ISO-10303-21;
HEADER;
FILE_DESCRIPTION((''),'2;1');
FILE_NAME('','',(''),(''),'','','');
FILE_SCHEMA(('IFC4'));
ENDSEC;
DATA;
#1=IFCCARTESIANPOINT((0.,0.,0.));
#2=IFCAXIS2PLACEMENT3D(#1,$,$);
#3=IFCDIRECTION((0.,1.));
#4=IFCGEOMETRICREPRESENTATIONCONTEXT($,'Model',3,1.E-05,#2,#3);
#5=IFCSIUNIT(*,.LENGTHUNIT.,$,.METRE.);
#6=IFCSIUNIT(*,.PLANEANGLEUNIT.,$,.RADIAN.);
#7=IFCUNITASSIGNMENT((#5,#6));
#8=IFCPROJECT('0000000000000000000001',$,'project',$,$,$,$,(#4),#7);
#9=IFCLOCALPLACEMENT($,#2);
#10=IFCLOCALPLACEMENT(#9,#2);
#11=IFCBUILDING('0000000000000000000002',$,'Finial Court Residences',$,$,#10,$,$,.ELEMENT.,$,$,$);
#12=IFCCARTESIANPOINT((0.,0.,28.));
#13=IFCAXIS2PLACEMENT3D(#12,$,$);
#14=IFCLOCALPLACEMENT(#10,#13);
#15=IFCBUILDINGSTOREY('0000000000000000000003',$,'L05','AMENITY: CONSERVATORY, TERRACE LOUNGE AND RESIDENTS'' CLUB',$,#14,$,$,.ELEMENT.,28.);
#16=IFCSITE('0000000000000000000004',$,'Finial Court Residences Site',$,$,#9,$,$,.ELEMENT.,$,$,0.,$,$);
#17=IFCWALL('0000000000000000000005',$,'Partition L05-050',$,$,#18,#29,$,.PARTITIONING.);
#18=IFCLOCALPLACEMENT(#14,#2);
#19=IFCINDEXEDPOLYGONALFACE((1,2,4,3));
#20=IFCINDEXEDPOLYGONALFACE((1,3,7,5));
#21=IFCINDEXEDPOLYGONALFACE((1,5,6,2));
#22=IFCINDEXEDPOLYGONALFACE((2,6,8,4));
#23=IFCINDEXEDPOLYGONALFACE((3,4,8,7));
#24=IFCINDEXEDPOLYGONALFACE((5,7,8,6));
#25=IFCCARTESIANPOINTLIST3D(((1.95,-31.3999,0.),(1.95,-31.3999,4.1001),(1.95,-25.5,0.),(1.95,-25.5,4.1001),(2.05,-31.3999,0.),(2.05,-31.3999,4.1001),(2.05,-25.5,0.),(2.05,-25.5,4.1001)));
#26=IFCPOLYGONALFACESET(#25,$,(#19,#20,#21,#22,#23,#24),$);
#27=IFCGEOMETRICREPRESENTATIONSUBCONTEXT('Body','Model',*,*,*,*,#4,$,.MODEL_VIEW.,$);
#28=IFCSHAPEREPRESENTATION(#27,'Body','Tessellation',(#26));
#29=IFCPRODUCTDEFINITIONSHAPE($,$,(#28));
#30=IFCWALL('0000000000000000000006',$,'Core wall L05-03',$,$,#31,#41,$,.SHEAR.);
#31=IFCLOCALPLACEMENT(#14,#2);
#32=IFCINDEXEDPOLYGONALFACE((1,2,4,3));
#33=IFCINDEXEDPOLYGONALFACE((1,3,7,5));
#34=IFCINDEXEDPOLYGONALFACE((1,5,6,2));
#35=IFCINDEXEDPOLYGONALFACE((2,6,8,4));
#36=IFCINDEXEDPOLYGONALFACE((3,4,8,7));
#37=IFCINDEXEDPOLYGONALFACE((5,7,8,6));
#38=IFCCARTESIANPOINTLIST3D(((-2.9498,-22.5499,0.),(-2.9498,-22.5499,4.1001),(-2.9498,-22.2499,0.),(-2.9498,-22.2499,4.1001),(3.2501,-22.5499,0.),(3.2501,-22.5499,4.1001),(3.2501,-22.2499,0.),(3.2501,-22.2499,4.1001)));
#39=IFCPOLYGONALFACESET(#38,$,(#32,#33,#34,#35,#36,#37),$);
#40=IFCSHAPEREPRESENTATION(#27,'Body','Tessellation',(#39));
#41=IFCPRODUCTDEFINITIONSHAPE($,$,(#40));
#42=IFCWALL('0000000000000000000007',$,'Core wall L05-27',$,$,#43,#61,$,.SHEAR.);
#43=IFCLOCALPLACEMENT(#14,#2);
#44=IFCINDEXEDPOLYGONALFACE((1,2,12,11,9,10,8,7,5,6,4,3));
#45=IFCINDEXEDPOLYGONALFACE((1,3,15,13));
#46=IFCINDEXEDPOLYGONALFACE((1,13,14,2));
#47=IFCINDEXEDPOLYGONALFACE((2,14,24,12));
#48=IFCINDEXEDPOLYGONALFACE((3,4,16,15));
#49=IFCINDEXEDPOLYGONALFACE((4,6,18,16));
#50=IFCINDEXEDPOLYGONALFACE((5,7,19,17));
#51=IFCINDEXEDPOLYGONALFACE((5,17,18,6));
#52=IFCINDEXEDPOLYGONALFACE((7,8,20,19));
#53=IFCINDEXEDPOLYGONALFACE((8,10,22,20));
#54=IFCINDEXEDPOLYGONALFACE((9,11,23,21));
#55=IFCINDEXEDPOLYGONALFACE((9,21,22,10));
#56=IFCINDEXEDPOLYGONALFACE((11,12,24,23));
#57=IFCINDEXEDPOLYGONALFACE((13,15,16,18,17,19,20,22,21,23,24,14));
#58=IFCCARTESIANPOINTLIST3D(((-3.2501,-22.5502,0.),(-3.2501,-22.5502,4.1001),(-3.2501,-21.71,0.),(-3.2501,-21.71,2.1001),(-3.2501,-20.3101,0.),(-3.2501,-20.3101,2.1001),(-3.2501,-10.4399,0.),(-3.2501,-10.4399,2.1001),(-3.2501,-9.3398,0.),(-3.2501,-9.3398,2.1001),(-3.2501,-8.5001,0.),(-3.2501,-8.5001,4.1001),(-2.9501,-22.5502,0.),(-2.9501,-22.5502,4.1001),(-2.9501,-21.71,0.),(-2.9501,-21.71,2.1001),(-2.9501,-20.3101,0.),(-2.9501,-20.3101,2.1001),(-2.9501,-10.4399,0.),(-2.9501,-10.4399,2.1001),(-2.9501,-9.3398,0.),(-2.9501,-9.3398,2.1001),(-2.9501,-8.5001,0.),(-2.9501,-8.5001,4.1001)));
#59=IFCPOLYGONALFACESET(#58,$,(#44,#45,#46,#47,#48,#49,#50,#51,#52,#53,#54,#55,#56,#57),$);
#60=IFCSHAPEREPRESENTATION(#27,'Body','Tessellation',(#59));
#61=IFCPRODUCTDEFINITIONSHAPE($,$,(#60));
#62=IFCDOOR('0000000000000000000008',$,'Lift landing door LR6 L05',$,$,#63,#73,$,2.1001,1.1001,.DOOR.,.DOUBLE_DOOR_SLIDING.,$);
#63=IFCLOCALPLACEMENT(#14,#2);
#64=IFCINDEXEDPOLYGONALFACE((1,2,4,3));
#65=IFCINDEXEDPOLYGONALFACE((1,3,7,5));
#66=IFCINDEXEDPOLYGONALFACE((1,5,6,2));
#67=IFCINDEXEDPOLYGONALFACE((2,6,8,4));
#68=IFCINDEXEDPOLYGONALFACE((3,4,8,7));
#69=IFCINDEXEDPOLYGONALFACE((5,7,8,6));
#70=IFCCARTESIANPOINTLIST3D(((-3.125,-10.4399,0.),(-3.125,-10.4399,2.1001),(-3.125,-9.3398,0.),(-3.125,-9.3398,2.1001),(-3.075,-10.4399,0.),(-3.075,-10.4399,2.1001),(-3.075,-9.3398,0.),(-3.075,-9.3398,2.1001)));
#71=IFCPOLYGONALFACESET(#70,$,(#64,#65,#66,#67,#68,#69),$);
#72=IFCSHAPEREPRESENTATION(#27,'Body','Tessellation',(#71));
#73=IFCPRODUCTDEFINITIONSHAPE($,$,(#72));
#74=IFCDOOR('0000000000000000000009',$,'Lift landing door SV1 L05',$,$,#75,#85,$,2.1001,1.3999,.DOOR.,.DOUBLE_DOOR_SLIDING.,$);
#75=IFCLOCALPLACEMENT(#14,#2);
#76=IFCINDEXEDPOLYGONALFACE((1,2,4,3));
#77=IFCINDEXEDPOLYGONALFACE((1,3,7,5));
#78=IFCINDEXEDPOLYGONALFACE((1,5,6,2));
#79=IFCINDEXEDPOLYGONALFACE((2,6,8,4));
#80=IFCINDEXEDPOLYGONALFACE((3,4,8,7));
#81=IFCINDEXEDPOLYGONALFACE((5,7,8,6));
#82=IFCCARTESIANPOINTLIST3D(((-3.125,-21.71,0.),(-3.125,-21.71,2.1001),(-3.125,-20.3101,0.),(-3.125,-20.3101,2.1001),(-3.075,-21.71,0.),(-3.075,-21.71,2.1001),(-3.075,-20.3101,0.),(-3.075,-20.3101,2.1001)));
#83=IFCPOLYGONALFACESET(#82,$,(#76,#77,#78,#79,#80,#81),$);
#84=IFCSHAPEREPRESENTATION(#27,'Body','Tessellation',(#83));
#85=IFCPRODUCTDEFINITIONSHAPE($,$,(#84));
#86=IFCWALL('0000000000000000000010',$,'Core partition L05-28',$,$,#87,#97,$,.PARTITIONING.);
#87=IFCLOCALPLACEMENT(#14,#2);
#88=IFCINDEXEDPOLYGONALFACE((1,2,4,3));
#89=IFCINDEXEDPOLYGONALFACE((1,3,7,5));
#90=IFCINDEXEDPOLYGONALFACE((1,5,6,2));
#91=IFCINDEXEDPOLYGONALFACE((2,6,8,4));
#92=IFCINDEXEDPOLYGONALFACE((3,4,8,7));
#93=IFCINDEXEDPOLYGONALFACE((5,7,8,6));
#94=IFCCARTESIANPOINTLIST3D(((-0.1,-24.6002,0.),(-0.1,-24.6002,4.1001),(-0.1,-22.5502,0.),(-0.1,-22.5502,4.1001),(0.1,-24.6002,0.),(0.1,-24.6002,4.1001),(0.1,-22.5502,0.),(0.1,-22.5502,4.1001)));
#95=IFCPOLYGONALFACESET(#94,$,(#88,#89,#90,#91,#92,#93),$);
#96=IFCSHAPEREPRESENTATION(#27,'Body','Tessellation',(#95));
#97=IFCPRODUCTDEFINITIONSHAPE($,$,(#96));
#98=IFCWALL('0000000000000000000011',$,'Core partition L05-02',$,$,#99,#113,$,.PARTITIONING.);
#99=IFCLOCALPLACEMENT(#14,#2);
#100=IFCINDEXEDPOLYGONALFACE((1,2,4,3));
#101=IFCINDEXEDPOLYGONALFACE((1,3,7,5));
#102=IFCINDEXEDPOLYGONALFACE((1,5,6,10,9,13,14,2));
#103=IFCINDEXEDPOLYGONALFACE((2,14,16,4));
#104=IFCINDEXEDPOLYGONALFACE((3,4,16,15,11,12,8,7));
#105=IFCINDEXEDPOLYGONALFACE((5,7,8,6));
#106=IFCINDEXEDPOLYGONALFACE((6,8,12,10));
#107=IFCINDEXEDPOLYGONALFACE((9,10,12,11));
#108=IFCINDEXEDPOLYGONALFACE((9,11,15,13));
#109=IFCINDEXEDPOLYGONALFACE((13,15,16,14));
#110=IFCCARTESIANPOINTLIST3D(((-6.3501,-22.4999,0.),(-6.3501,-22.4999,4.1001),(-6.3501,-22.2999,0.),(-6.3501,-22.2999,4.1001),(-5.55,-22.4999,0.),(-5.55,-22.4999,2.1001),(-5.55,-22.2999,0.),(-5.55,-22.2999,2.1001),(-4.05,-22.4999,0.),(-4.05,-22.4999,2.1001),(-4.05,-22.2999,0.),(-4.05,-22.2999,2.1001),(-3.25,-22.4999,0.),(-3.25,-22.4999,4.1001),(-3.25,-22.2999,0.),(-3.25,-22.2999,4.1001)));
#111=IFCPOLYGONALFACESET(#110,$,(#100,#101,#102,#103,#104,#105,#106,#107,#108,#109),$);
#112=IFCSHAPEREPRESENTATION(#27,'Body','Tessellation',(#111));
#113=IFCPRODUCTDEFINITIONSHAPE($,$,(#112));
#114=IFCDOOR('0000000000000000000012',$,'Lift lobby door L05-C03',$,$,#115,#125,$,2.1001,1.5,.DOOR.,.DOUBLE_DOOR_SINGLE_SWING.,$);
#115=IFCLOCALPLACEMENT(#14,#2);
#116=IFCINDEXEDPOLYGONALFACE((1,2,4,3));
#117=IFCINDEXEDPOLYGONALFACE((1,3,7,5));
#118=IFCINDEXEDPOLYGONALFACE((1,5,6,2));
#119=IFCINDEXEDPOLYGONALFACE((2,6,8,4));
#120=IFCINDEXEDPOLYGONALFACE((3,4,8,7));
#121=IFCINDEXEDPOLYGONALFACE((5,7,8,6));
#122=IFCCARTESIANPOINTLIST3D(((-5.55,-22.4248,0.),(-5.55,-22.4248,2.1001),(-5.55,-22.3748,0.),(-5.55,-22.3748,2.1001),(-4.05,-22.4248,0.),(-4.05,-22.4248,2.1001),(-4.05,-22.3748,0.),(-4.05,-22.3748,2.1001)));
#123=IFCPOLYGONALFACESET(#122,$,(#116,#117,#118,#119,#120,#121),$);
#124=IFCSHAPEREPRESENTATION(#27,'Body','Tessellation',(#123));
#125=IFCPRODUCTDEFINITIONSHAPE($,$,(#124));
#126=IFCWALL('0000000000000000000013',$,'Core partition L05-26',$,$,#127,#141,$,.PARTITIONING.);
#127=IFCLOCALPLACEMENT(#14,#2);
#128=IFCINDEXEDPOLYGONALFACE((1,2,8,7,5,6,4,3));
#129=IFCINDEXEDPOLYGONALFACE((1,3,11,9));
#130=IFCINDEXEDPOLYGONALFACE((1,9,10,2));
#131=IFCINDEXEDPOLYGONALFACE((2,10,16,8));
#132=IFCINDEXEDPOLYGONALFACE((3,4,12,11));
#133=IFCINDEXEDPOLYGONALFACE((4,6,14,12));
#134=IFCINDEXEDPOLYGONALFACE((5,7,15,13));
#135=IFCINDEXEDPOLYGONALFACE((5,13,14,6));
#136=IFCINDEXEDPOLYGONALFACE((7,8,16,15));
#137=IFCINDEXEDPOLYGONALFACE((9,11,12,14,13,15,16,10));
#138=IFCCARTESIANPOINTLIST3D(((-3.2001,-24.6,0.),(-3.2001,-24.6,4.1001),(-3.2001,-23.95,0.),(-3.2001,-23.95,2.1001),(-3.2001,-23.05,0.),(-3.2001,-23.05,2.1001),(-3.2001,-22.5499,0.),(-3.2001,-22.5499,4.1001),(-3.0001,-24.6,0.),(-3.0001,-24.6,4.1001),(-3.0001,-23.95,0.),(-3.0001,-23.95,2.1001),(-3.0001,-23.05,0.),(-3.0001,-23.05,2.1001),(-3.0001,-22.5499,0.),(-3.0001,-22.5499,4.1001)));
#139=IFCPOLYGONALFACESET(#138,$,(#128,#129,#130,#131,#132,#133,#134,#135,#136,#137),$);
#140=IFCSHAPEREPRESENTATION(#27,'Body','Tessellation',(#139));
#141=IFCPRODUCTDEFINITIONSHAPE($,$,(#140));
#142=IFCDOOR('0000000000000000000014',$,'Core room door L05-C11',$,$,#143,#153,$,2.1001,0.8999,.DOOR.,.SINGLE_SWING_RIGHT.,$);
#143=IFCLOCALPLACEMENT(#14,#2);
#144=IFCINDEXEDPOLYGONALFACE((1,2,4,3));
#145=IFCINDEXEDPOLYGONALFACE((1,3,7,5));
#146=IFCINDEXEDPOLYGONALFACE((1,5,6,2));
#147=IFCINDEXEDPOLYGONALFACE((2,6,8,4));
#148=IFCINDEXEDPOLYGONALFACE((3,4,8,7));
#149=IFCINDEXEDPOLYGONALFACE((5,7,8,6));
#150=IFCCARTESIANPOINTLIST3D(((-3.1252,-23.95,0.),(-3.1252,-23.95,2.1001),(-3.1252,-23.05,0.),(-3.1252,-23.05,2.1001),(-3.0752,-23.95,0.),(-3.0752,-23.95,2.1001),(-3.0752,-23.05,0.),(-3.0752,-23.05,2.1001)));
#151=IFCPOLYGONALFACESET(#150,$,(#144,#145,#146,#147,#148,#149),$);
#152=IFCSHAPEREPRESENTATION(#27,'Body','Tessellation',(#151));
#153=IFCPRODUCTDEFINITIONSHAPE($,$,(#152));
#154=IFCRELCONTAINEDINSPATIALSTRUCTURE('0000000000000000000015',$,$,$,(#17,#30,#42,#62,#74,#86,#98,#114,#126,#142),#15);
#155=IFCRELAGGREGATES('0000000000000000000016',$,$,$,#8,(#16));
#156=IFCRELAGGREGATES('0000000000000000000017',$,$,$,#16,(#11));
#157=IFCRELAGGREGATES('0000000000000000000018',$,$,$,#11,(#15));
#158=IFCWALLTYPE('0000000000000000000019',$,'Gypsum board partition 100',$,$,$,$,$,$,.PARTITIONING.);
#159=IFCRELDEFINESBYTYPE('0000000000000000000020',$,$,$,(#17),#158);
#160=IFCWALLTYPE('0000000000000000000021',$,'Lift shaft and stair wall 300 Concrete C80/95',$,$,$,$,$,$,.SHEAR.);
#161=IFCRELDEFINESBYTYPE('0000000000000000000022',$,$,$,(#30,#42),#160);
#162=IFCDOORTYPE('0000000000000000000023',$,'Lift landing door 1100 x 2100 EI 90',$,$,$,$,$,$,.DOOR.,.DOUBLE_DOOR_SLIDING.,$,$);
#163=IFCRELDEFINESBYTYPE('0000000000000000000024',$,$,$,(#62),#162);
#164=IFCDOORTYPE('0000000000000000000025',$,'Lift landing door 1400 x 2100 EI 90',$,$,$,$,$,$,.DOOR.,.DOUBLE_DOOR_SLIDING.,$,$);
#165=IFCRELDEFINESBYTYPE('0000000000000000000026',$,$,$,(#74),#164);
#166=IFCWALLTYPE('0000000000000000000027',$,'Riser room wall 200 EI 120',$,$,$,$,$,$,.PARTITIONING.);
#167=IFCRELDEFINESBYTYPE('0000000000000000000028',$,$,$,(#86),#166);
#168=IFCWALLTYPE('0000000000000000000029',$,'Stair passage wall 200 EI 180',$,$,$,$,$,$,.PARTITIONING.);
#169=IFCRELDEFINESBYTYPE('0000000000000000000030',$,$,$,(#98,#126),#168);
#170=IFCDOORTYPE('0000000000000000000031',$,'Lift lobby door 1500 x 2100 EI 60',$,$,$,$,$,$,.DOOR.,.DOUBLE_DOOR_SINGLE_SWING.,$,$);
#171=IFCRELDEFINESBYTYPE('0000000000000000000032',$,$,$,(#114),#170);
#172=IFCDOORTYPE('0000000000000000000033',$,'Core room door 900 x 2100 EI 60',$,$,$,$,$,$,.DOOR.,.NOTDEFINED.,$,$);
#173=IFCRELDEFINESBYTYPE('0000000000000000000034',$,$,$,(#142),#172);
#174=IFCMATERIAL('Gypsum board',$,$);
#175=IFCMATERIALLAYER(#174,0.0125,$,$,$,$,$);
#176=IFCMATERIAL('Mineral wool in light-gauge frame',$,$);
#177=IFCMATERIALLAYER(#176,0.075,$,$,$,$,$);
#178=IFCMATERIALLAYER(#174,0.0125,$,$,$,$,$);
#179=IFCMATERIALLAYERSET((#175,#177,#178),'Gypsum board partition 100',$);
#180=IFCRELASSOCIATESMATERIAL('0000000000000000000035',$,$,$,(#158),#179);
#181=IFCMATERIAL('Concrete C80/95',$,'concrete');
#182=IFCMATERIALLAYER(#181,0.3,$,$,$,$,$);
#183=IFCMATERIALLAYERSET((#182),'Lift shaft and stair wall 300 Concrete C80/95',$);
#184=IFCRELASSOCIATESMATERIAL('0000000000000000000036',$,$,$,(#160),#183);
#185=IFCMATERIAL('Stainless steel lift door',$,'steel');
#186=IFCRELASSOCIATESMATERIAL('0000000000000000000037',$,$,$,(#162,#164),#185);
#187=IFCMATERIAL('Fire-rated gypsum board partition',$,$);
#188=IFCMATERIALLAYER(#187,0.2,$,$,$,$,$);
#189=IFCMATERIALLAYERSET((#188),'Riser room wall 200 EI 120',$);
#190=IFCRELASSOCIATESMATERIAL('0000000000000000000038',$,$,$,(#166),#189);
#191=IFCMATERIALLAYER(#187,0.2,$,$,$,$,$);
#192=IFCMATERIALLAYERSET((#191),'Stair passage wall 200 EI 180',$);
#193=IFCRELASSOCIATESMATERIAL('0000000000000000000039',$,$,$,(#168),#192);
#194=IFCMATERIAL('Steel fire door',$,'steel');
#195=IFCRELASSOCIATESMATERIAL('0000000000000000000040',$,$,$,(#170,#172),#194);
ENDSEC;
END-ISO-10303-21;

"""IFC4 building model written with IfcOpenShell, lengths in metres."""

from ifc_helpers import new_model, si_unit, direction, frame, frame_2d, origin, place, context, subcontext, project, spatial, rectangle, extrude, material, layer, layer_set, type_object, element, fill, save


model = new_model("IFC4")

# Units and contexts
model_context = context("Model", 3, precision=1e-05, world=origin(), true_north=direction((0.0, 1.0)))
body_context = subcontext(model_context, "Body", "Model", "MODEL_VIEW")
ifc_project = project(units=[si_unit("LENGTHUNIT", "METRE"), si_unit("PLANEANGLEUNIT", "RADIAN")], contexts=[model_context])

# Site, building, storey
site_placement = place(None, origin())
site = spatial("IfcSite", under=ifc_project, at=site_placement, Name="Finial Court Residences Site", CompositionType="ELEMENT", RefElevation=0.0)
building_placement = place(site_placement, origin())
building = spatial("IfcBuilding", under=site, at=building_placement, Name="Finial Court Residences", CompositionType="ELEMENT")
storey_placement = place(building_placement, frame((0.0, 0.0, 28.0)))
storey = spatial("IfcBuildingStorey", under=building, at=storey_placement, Name="L05", Description="AMENITY: CONSERVATORY, TERRACE LOUNGE AND RESIDENTS' CLUB", CompositionType="ELEMENT", Elevation=28.0)

# Shared definitions
ifc_material_1 = material(Name="Fire-rated gypsum board partition")
ifc_material_2 = material(Name="Steel fire door", Category="steel")

# Walls
ifc_material_3 = material(Name="Gypsum board")
ifc_layer_1 = layer(ifc_material_3, 0.0125)
ifc_material_4 = material(Name="Mineral wool in light-gauge frame")
ifc_layer_2 = layer(ifc_material_4, 0.075)
ifc_layer_3 = layer(ifc_material_3, 0.0125)
ifc_layer_set_1 = layer_set([ifc_layer_1, ifc_layer_2, ifc_layer_3], Name="Gypsum board partition 100")
wall_type_1 = type_object("IfcWallType", Name="Gypsum board partition 100", PredefinedType="PARTITIONING", material=ifc_layer_set_1)
wall_1_placement = place(storey_placement, frame((2.0, -31.3999, 0.0), z_axis=(0.0, 0.0, 1.0), x_axis=(0.0, 1.0, 0.0)))
element("IfcWall", 1, at=wall_1_placement, inside=storey, type_object=wall_type_1, Name="Partition L05-050", PredefinedType="PARTITIONING", context=body_context, shape_type="SweptSolid", body=[
    extrude(rectangle(XDim=5.8999, YDim=0.1001, at=frame_2d((2.95, 0.0))), origin(), (0.0, 0.0, 1.0), 4.1001),
])
ifc_material_5 = material(Name="Concrete C80/95", Category="concrete")
ifc_layer_4 = layer(ifc_material_5, 0.3)
ifc_layer_set_2 = layer_set([ifc_layer_4], Name="Lift shaft and stair wall 300 Concrete C80/95")
wall_type_2 = type_object("IfcWallType", Name="Lift shaft and stair wall 300 Concrete C80/95", PredefinedType="SHEAR", material=ifc_layer_set_2)
wall_2_placement = place(storey_placement, frame((-2.95, -22.3999, 0.0), z_axis=(0.0, 0.0, 1.0), x_axis=(1.0, 0.0, 0.0)))
element("IfcWall", 2, at=wall_2_placement, inside=storey, type_object=wall_type_2, Name="Core wall L05-03", PredefinedType="SHEAR", context=body_context, shape_type="SweptSolid", body=[
    extrude(rectangle(XDim=6.2, YDim=0.3, at=frame_2d((3.1001, 0.0))), origin(), (0.0, 0.0, 1.0), 4.1001),
])

# Wall, openings, doors
wall_3_placement = place(storey_placement, frame((-3.1001, -22.55, 0.0), z_axis=(0.0, 0.0, 1.0), x_axis=(0.0, 1.0, 0.0)))
wall_3 = element("IfcWall", 3, at=wall_3_placement, inside=storey, type_object=wall_type_2, Name="Core wall L05-27", PredefinedType="SHEAR", context=body_context, shape_type="SweptSolid", body=[
    extrude(rectangle(XDim=14.05, YDim=0.3, at=frame_2d((7.0249, 0.0))), origin(), (0.0, 0.0, 1.0), 4.1001),
])
opening_1_placement = place(wall_3_placement, frame((12.1101, 0.0, 0.0)))
opening_1 = element("IfcOpeningElement", 4, at=opening_1_placement, cuts=wall_3, PredefinedType="OPENING", context=body_context, shape_type="SweptSolid", body=[
    extrude(rectangle(XDim=1.1001, YDim=2.1001, at=frame_2d((0.55, 1.05))), frame((0.0, 0.1599, 0.0), z_axis=(0.0, -1.0, 0.0), x_axis=(1.0, 0.0, 0.0)), (0.0, 0.0, 1.0), 0.3201),
])
opening_2_placement = place(wall_3_placement, frame((0.8401, 0.0, 0.0)))
opening_2 = element("IfcOpeningElement", 5, at=opening_2_placement, cuts=wall_3, PredefinedType="OPENING", context=body_context, shape_type="SweptSolid", body=[
    extrude(rectangle(XDim=1.3999, YDim=2.1001, at=frame_2d((0.7, 1.05))), frame((0.0, 0.1599, 0.0), z_axis=(0.0, -1.0, 0.0), x_axis=(1.0, 0.0, 0.0)), (0.0, 0.0, 1.0), 0.3201),
])
ifc_material_6 = material(Name="Stainless steel lift door", Category="steel")
door_type_1 = type_object("IfcDoorType", Name="Lift landing door 1100 x 2100 EI 90", OperationType="DOUBLE_DOOR_SLIDING", PredefinedType="DOOR", material=ifc_material_6)
door_1_placement = place(opening_1_placement, origin())
door_1 = element("IfcDoor", 6, at=door_1_placement, inside=storey, type_object=door_type_1, Name="Lift landing door LR6 L05", OperationType="DOUBLE_DOOR_SLIDING", OverallHeight=2.1001, OverallWidth=1.1001, PredefinedType="DOOR", context=body_context, shape_type="SweptSolid", body=[
    extrude(rectangle(XDim=1.1001, YDim=2.1001, at=frame_2d((0.55, 1.05))), frame((0.0, 0.0249, 0.0), z_axis=(0.0, -1.0, 0.0), x_axis=(1.0, 0.0, 0.0)), (0.0, 0.0, 1.0), 0.05),
])
fill(opening_1, door_1)
door_type_2 = type_object("IfcDoorType", Name="Lift landing door 1400 x 2100 EI 90", OperationType="DOUBLE_DOOR_SLIDING", PredefinedType="DOOR", material=ifc_material_6)
door_2_placement = place(opening_2_placement, origin())
door_2 = element("IfcDoor", 7, at=door_2_placement, inside=storey, type_object=door_type_2, Name="Lift landing door SV1 L05", OperationType="DOUBLE_DOOR_SLIDING", OverallHeight=2.1001, OverallWidth=1.3999, PredefinedType="DOOR", context=body_context, shape_type="SweptSolid", body=[
    extrude(rectangle(XDim=1.3999, YDim=2.1001, at=frame_2d((0.7, 1.05))), frame((0.0, 0.0249, 0.0), z_axis=(0.0, -1.0, 0.0), x_axis=(1.0, 0.0, 0.0)), (0.0, 0.0, 1.0), 0.05),
])
fill(opening_2, door_2)

# Wall
ifc_layer_5 = layer(ifc_material_1, 0.2)
ifc_layer_set_3 = layer_set([ifc_layer_5], Name="Riser room wall 200 EI 120")
wall_type_3 = type_object("IfcWallType", Name="Riser room wall 200 EI 120", PredefinedType="PARTITIONING", material=ifc_layer_set_3)
wall_4_placement = place(storey_placement, frame((0.0, -24.6001, 0.0), z_axis=(0.0, 0.0, 1.0), x_axis=(0.0, 1.0, 0.0)))
element("IfcWall", 8, at=wall_4_placement, inside=storey, type_object=wall_type_3, Name="Core partition L05-28", PredefinedType="PARTITIONING", context=body_context, shape_type="SweptSolid", body=[
    extrude(rectangle(XDim=2.05, YDim=0.2, at=frame_2d((1.0249, 0.0))), origin(), (0.0, 0.0, 1.0), 4.1001),
])

# Walls, openings, doors
ifc_layer_6 = layer(ifc_material_1, 0.2)
ifc_layer_set_4 = layer_set([ifc_layer_6], Name="Stair passage wall 200 EI 180")
wall_type_4 = type_object("IfcWallType", Name="Stair passage wall 200 EI 180", PredefinedType="PARTITIONING", material=ifc_layer_set_4)
wall_5_placement = place(storey_placement, frame((-3.25, -22.3999, 0.0), z_axis=(0.0, 0.0, 1.0), x_axis=(-1.0, 0.0, 0.0)))
wall_5 = element("IfcWall", 9, at=wall_5_placement, inside=storey, type_object=wall_type_4, Name="Core partition L05-02", PredefinedType="PARTITIONING", context=body_context, shape_type="SweptSolid", body=[
    extrude(rectangle(XDim=3.1001, YDim=0.2, at=frame_2d((1.55, 0.0))), origin(), (0.0, 0.0, 1.0), 4.1001),
])
opening_3_placement = place(wall_5_placement, frame((0.8, 0.0, 0.0)))
opening_3 = element("IfcOpeningElement", 10, at=opening_3_placement, cuts=wall_5, PredefinedType="OPENING", context=body_context, shape_type="SweptSolid", body=[
    extrude(rectangle(XDim=1.5, YDim=2.1001, at=frame_2d((0.75, 1.05))), frame((0.0, 0.1099, 0.0), z_axis=(0.0, -1.0, 0.0), x_axis=(1.0, 0.0, 0.0)), (0.0, 0.0, 1.0), 0.22),
])
door_type_3 = type_object("IfcDoorType", Name="Lift lobby door 1500 x 2100 EI 60", OperationType="DOUBLE_DOOR_SINGLE_SWING", PredefinedType="DOOR", material=ifc_material_2)
door_3_placement = place(opening_3_placement, origin())
door_3 = element("IfcDoor", 11, at=door_3_placement, inside=storey, type_object=door_type_3, Name="Lift lobby door L05-C03", OperationType="DOUBLE_DOOR_SINGLE_SWING", OverallHeight=2.1001, OverallWidth=1.5, PredefinedType="DOOR", context=body_context, shape_type="SweptSolid", body=[
    extrude(rectangle(XDim=1.5, YDim=2.1001, at=frame_2d((0.75, 1.05))), frame((0.0, 0.0249, 0.0), z_axis=(0.0, -1.0, 0.0), x_axis=(1.0, 0.0, 0.0)), (0.0, 0.0, 1.0), 0.05),
])
fill(opening_3, door_3)
wall_6_placement = place(storey_placement, frame((-3.1001, -22.55, 0.0), z_axis=(0.0, 0.0, 1.0), x_axis=(0.0, -1.0, 0.0)))
wall_6 = element("IfcWall", 12, at=wall_6_placement, inside=storey, type_object=wall_type_4, Name="Core partition L05-26", PredefinedType="PARTITIONING", context=body_context, shape_type="SweptSolid", body=[
    extrude(rectangle(XDim=2.05, YDim=0.2, at=frame_2d((1.0249, 0.0))), origin(), (0.0, 0.0, 1.0), 4.1001),
])
opening_4_placement = place(wall_6_placement, frame((0.5, 0.0, 0.0)))
opening_4 = element("IfcOpeningElement", 13, at=opening_4_placement, cuts=wall_6, PredefinedType="OPENING", context=body_context, shape_type="SweptSolid", body=[
    extrude(rectangle(XDim=0.8999, YDim=2.1001, at=frame_2d((0.45, 1.05))), frame((0.0, 0.1099, 0.0), z_axis=(0.0, -1.0, 0.0), x_axis=(1.0, 0.0, 0.0)), (0.0, 0.0, 1.0), 0.22),
])
door_type_4 = type_object("IfcDoorType", Name="Core room door 900 x 2100 EI 60", OperationType="NOTDEFINED", PredefinedType="DOOR", material=ifc_material_2)
door_4_placement = place(opening_4_placement, origin())
door_4 = element("IfcDoor", 14, at=door_4_placement, inside=storey, type_object=door_type_4, Name="Core room door L05-C11", OperationType="SINGLE_SWING_RIGHT", OverallHeight=2.1001, OverallWidth=0.8999, PredefinedType="DOOR", context=body_context, shape_type="SweptSolid", body=[
    extrude(rectangle(XDim=0.8999, YDim=2.1001, at=frame_2d((0.45, 1.05))), frame((0.0, 0.0249, 0.0), z_axis=(0.0, -1.0, 0.0), x_axis=(1.0, 0.0, 0.0)), (0.0, 0.0, 1.0), 0.05),
])
fill(opening_4, door_4)

save(model, "model.ifc")
